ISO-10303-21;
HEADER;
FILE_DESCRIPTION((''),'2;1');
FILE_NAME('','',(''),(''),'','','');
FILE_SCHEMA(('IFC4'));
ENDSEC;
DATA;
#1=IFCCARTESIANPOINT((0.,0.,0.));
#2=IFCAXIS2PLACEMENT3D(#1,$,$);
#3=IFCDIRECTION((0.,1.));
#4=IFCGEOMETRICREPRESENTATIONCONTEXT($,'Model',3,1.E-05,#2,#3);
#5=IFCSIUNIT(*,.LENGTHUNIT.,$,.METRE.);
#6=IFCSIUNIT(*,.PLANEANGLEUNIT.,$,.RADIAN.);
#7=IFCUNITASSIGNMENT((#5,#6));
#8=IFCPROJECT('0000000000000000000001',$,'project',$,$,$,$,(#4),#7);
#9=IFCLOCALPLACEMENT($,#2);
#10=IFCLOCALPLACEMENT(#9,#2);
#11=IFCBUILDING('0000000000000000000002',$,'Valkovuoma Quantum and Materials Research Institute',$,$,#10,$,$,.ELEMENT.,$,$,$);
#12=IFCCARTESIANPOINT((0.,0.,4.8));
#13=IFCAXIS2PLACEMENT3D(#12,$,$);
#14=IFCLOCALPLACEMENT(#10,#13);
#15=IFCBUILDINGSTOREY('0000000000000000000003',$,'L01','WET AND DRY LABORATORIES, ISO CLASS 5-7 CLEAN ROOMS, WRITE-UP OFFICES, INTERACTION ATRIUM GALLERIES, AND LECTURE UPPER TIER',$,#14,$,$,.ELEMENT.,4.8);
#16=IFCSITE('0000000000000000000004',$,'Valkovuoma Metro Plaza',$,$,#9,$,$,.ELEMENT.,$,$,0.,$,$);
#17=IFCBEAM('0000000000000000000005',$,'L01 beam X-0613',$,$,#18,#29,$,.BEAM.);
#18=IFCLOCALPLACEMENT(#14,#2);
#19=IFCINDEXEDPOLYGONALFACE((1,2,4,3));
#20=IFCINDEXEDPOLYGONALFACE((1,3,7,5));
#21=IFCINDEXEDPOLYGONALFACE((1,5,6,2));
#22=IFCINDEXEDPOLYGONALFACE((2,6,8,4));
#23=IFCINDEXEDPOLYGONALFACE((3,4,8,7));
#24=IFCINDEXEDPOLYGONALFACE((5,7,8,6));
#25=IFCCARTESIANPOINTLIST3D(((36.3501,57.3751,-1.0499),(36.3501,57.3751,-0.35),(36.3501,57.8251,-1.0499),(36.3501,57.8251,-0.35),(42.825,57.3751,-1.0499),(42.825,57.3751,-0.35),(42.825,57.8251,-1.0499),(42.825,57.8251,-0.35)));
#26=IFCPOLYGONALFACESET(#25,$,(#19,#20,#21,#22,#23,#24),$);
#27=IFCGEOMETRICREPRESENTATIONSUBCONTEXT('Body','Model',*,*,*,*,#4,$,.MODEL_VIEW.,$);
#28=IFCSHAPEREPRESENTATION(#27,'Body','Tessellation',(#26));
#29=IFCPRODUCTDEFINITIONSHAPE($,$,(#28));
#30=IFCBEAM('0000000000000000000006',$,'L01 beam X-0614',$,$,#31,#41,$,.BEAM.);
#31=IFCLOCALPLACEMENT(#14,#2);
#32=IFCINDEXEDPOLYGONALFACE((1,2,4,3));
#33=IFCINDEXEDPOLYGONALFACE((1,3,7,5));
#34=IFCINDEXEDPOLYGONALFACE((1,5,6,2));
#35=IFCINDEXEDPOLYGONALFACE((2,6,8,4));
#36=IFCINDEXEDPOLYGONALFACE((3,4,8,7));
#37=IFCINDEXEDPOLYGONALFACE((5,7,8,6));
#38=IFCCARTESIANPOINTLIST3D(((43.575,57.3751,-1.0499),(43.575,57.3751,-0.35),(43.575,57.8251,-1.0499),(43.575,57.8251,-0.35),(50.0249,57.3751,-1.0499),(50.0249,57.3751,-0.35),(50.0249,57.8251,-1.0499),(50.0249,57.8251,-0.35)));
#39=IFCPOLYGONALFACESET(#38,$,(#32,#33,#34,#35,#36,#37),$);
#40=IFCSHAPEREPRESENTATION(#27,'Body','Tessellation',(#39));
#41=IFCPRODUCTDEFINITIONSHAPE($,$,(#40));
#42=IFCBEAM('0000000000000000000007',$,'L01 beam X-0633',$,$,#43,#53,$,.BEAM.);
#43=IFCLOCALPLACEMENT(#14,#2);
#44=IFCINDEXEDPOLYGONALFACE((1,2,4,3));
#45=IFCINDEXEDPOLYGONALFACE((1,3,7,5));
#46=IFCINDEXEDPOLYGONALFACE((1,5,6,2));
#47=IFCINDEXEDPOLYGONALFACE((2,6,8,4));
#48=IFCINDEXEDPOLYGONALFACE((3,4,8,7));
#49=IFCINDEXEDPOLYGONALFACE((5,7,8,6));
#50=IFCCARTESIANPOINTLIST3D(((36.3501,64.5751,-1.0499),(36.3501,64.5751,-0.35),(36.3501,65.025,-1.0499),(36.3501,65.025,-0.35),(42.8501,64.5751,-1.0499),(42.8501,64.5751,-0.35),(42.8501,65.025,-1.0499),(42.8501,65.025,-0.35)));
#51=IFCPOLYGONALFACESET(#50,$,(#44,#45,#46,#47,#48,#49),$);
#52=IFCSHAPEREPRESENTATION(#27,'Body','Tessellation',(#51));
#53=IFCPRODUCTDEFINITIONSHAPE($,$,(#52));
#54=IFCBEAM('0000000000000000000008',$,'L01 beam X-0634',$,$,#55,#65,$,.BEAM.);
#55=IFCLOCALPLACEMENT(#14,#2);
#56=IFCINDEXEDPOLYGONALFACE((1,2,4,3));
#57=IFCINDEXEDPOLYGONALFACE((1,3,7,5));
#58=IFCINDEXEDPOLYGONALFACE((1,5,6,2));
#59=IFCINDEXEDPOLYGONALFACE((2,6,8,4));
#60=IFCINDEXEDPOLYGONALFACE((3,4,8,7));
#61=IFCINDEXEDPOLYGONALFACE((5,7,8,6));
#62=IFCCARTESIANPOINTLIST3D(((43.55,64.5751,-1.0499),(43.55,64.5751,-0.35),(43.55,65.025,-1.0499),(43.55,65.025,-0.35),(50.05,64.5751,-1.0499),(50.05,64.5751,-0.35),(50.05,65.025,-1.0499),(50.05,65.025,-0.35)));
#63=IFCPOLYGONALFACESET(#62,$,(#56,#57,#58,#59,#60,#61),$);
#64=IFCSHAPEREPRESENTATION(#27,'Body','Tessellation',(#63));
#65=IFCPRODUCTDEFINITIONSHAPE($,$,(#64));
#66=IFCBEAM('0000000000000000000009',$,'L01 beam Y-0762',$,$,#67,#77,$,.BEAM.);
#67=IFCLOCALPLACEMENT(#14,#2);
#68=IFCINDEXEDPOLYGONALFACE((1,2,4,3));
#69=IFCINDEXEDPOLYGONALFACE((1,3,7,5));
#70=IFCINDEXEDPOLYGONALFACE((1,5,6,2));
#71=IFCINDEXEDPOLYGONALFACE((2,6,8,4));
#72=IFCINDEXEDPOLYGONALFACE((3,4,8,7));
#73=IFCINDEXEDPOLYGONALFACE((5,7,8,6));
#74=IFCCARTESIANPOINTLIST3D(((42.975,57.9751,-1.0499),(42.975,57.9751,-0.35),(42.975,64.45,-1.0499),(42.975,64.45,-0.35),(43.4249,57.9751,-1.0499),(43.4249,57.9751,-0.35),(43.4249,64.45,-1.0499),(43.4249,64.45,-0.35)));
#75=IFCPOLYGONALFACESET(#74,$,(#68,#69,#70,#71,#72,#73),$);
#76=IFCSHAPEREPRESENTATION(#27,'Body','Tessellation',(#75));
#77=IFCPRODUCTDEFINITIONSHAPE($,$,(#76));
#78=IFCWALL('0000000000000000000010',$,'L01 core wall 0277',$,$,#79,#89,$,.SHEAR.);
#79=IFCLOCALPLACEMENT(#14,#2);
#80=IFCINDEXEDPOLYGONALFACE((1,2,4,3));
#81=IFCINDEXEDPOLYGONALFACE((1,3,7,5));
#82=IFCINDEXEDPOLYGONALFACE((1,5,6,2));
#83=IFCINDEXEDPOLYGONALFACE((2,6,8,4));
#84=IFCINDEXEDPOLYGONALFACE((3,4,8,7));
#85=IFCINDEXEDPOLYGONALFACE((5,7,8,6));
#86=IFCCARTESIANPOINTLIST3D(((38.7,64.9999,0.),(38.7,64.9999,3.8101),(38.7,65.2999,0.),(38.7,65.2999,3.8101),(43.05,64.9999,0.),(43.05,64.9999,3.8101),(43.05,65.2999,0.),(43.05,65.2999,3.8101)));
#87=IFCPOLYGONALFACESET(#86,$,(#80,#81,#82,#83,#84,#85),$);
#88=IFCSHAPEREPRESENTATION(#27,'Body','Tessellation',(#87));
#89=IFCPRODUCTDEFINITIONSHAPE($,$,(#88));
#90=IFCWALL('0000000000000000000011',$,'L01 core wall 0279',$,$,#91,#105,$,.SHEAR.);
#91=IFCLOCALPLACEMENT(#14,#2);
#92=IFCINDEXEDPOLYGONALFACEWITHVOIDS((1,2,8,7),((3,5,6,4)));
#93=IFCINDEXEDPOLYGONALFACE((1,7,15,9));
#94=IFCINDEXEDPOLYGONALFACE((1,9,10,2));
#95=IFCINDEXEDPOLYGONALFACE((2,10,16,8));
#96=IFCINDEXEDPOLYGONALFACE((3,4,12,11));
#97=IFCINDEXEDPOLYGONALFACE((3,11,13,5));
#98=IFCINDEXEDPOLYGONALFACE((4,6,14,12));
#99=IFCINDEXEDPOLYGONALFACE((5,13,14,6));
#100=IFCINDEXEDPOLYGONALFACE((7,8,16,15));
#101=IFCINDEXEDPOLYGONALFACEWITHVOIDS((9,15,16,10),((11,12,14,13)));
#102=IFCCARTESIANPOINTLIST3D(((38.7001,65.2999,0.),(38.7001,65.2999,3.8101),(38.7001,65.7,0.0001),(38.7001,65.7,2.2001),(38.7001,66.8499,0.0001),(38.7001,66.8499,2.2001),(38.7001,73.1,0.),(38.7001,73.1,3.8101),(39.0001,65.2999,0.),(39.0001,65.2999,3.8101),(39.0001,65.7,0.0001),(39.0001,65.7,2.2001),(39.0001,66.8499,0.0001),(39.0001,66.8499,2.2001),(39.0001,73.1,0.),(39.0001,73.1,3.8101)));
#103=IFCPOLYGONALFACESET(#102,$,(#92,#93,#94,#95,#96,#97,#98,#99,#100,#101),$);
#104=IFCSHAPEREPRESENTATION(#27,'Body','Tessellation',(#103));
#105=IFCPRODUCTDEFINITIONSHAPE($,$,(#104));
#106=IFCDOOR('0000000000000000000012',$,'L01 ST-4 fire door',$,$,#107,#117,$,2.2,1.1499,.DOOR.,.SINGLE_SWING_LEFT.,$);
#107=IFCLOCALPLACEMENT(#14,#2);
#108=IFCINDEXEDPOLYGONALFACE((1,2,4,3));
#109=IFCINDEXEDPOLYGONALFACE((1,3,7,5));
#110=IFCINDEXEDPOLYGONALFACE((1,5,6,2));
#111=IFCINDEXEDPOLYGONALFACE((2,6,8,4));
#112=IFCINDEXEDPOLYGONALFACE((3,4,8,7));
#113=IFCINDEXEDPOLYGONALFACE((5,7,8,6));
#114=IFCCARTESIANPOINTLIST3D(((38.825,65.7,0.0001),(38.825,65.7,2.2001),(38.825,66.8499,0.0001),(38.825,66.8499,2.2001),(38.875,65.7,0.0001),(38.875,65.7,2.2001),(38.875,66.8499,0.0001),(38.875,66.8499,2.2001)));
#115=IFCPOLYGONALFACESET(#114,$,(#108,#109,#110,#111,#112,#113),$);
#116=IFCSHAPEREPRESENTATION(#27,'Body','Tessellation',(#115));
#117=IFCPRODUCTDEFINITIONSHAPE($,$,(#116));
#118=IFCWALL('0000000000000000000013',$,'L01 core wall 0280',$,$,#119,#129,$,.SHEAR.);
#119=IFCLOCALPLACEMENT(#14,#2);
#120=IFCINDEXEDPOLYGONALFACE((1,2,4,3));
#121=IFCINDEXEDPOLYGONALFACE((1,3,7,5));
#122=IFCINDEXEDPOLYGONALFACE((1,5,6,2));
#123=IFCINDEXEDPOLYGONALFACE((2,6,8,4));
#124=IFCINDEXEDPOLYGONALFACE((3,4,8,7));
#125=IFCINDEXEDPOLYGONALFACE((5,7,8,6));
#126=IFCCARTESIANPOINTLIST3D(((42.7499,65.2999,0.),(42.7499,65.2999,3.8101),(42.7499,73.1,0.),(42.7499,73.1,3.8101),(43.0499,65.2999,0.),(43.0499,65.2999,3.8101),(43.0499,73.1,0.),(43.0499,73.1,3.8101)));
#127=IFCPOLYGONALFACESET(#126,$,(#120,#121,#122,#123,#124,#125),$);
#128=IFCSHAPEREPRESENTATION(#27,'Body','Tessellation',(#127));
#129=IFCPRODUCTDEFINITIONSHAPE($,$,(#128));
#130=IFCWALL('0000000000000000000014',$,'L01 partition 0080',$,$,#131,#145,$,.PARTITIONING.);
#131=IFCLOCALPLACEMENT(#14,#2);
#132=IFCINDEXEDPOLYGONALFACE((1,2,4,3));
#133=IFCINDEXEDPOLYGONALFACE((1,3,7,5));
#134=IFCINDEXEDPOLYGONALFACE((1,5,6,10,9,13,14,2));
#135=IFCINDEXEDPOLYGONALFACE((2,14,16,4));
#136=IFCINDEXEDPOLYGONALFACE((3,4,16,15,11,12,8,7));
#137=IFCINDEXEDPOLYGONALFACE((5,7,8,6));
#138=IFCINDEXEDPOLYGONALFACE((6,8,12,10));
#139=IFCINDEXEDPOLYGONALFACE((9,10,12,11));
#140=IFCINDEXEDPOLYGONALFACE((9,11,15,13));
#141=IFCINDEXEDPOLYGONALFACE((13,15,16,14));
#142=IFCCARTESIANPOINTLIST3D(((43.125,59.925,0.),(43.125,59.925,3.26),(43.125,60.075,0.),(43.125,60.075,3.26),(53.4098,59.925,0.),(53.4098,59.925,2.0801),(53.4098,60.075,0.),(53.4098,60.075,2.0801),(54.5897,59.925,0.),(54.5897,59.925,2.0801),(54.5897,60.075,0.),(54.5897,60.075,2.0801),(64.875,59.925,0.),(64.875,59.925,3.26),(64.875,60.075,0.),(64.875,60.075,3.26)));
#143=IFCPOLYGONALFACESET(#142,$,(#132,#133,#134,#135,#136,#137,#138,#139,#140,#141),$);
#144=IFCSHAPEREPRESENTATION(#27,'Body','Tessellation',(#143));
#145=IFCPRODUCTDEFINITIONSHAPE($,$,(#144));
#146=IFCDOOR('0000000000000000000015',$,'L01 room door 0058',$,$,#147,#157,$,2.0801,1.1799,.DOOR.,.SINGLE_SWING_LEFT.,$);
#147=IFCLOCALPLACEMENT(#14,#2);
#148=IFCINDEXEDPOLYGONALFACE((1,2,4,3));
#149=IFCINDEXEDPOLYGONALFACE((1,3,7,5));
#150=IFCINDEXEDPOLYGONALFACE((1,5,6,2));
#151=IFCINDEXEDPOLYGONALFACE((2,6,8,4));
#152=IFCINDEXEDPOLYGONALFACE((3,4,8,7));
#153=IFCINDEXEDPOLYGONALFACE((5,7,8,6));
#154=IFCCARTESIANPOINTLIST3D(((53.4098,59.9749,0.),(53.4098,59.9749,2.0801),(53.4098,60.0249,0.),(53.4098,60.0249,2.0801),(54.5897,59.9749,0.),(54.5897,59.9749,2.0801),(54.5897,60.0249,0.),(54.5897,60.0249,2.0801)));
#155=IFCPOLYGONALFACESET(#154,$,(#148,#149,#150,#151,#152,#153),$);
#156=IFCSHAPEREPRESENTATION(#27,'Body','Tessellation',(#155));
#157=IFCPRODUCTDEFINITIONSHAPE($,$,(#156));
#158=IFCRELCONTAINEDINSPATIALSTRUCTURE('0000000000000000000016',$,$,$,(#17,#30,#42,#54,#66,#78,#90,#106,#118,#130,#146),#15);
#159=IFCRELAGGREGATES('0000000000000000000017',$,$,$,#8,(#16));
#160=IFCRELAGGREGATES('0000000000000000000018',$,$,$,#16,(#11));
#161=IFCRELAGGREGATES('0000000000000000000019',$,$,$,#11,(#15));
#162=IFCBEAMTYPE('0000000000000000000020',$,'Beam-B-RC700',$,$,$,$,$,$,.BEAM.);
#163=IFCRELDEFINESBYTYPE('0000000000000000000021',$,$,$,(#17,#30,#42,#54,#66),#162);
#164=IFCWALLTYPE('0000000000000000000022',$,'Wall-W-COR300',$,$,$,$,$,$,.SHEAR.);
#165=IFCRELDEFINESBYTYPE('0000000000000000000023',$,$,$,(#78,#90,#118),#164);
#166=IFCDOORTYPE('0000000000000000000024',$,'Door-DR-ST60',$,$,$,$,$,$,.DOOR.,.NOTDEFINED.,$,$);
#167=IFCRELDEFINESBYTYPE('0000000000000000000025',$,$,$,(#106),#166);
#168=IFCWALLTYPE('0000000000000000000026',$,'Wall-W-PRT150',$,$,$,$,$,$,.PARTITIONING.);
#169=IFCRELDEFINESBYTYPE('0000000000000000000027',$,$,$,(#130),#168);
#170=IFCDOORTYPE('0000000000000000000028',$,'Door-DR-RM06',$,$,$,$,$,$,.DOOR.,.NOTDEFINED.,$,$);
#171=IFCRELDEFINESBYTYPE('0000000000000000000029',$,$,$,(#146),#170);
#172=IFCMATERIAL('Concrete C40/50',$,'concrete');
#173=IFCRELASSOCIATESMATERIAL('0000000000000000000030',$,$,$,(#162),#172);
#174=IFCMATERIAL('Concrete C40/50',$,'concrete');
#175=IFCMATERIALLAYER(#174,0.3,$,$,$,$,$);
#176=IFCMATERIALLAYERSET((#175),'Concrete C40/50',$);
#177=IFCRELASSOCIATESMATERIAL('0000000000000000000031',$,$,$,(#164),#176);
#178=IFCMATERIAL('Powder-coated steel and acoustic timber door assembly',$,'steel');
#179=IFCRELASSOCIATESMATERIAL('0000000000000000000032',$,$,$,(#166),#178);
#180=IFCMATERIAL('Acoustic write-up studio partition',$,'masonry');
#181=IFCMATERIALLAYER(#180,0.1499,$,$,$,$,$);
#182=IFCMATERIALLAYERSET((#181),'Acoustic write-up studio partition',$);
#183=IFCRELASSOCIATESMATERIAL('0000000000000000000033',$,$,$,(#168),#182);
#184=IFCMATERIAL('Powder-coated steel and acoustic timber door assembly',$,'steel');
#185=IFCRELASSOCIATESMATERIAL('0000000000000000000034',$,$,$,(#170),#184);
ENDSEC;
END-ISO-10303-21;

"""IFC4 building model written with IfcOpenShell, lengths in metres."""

from ifc_helpers import new_model, si_unit, direction, frame, frame_2d, origin, origin_2d, place, context, subcontext, project, spatial, rectangle, extrude, material, layer, layer_set, material_profile, profile_set, type_object, element, fill, save


model = new_model("IFC4")

# Units and contexts
model_context = context("Model", 3, precision=1e-05, world=origin(), true_north=direction((0.0, 1.0)))
body_context = subcontext(model_context, "Body", "Model", "MODEL_VIEW")
ifc_project = project(units=[si_unit("LENGTHUNIT", "METRE"), si_unit("PLANEANGLEUNIT", "RADIAN")], contexts=[model_context])

# Site, building, storey
site_placement = place(None, origin())
site = spatial("IfcSite", under=ifc_project, at=site_placement, Name="Valkovuoma Metro Plaza", CompositionType="ELEMENT", RefElevation=0.0)
building_placement = place(site_placement, origin())
building = spatial("IfcBuilding", under=site, at=building_placement, Name="Valkovuoma Quantum and Materials Research Institute", CompositionType="ELEMENT")
storey_placement = place(building_placement, frame((0.0, 0.0, 4.8)))
storey = spatial("IfcBuildingStorey", under=building, at=storey_placement, Name="L01", Description="WET AND DRY LABORATORIES, ISO CLASS 5-7 CLEAN ROOMS, WRITE-UP OFFICES, INTERACTION ATRIUM GALLERIES, AND LECTURE UPPER TIER", CompositionType="ELEMENT", Elevation=4.8)

# Beams
ifc_material_1 = material(Name="Concrete C40/50", Category="concrete")
ifc_material_profile_1 = material_profile(ifc_material_1, rectangle(XDim=0.45, YDim=0.7, at=origin_2d()), Name="Concrete C40/50")
ifc_profile_set_1 = profile_set([ifc_material_profile_1], Name="Concrete C40/50")
beam_type_1 = type_object("IfcBeamType", Name="Beam-B-RC700", PredefinedType="BEAM", material=ifc_profile_set_1)
beam_1_placement = place(storey_placement, frame((36.3501, 57.6001, -0.7), z_axis=(1.0, 0.0, 0.0), x_axis=(0.0, 1.0, 0.0)))
element("IfcBeam", 1, at=beam_1_placement, inside=storey, type_object=beam_type_1, Name="L01 beam X-0613", PredefinedType="BEAM", context=body_context, shape_type="SweptSolid", body=[
    extrude(rectangle(XDim=0.45, YDim=0.7, at=origin_2d()), origin(), (0.0, 0.0, 1.0), 6.4749),
])
beam_2_placement = place(storey_placement, frame((43.575, 57.6001, -0.7), z_axis=(1.0, 0.0, 0.0), x_axis=(0.0, 1.0, 0.0)))
element("IfcBeam", 2, at=beam_2_placement, inside=storey, type_object=beam_type_1, Name="L01 beam X-0614", PredefinedType="BEAM", context=body_context, shape_type="SweptSolid", body=[
    extrude(rectangle(XDim=0.45, YDim=0.7, at=origin_2d()), origin(), (0.0, 0.0, 1.0), 6.45),
])
for number, where, z_axis, x_axis, name in (
    (3, (36.3501, 64.8, -0.7), (1.0, 0.0, 0.0), (0.0, 1.0, 0.0), "L01 beam X-0633"),
    (4, (43.55, 64.8, -0.7), (1.0, 0.0, 0.0), (0.0, 1.0, 0.0), "L01 beam X-0634"),
):
    element("IfcBeam", number, at=place(storey_placement, frame(where, z_axis=z_axis, x_axis=x_axis)), inside=storey, type_object=beam_type_1, Name=name, PredefinedType="BEAM", context=body_context, shape_type="SweptSolid", body=[
        extrude(rectangle(XDim=0.45, YDim=0.7, at=origin_2d()), origin(), (0.0, 0.0, 1.0), 6.5),
    ])
beam_3_placement = place(storey_placement, frame((43.2, 57.9751, -0.7), z_axis=(0.0, 1.0, 0.0), x_axis=(-1.0, 0.0, 0.0)))
element("IfcBeam", 5, at=beam_3_placement, inside=storey, type_object=beam_type_1, Name="L01 beam Y-0762", PredefinedType="BEAM", context=body_context, shape_type="SweptSolid", body=[
    extrude(rectangle(XDim=0.45, YDim=0.7, at=origin_2d()), origin(), (0.0, 0.0, 1.0), 6.4749),
])

# Wall
ifc_material_2 = material(Name="Concrete C40/50", Category="concrete")
ifc_layer_1 = layer(ifc_material_2, 0.3)
ifc_layer_set_1 = layer_set([ifc_layer_1], Name="Concrete C40/50")
wall_type_1 = type_object("IfcWallType", Name="Wall-W-COR300", PredefinedType="SHEAR", material=ifc_layer_set_1)
wall_1_placement = place(storey_placement, frame((38.7, 65.1499, 0.0), z_axis=(0.0, 0.0, 1.0), x_axis=(1.0, 0.0, 0.0)))
element("IfcWall", 6, at=wall_1_placement, inside=storey, type_object=wall_type_1, Name="L01 core wall 0277", PredefinedType="SHEAR", context=body_context, shape_type="SweptSolid", body=[
    extrude(rectangle(XDim=4.3501, YDim=0.3, at=frame_2d((2.175, 0.0))), origin(), (0.0, 0.0, 1.0), 3.8101),
])

# Wall, opening, door
wall_2_placement = place(storey_placement, frame((38.8501, 65.3, 0.0), z_axis=(0.0, 0.0, 1.0), x_axis=(0.0, 1.0, 0.0)))
wall_2 = element("IfcWall", 7, at=wall_2_placement, inside=storey, type_object=wall_type_1, Name="L01 core wall 0279", PredefinedType="SHEAR", context=body_context, shape_type="SweptSolid", body=[
    extrude(rectangle(XDim=7.8, YDim=0.3, at=frame_2d((3.8999, 0.0))), origin(), (0.0, 0.0, 1.0), 3.8101),
])
opening_1_placement = place(wall_2_placement, frame((0.3999, 0.0, 0.0)))
opening_1 = element("IfcOpeningElement", 8, at=opening_1_placement, cuts=wall_2, PredefinedType="OPENING", context=body_context, shape_type="SweptSolid", body=[
    extrude(rectangle(XDim=1.1499, YDim=2.2, at=frame_2d((0.575, 1.1001))), frame((0.0, 0.1602, 0.0), z_axis=(0.0, -1.0, 0.0), x_axis=(1.0, 0.0, 0.0)), (0.0, 0.0, 1.0), 0.3201),
])
ifc_material_3 = material(Name="Powder-coated steel and acoustic timber door assembly", Category="steel")
door_type_1 = type_object("IfcDoorType", Name="Door-DR-ST60", OperationType="NOTDEFINED", PredefinedType="DOOR", material=ifc_material_3)
door_1_placement = place(opening_1_placement, frame((1.1499, 0.0, 0.0), z_axis=(0.0, 0.0, 1.0), x_axis=(-1.0, 0.0, 0.0)))
door_1 = element("IfcDoor", 9, at=door_1_placement, inside=storey, type_object=door_type_1, Name="L01 ST-4 fire door", OperationType="SINGLE_SWING_LEFT", OverallHeight=2.2, OverallWidth=1.1499, PredefinedType="DOOR", context=body_context, shape_type="SweptSolid", body=[
    extrude(rectangle(XDim=1.1499, YDim=2.2, at=frame_2d((0.575, 1.1001))), frame((0.0, 0.0249, 0.0), z_axis=(0.0, -1.0, 0.0), x_axis=(1.0, 0.0, 0.0)), (0.0, 0.0, 1.0), 0.05),
])
fill(opening_1, door_1)

# Wall
wall_3_placement = place(storey_placement, frame((42.8999, 65.3, 0.0), z_axis=(0.0, 0.0, 1.0), x_axis=(0.0, 1.0, 0.0)))
element("IfcWall", 10, at=wall_3_placement, inside=storey, type_object=wall_type_1, Name="L01 core wall 0280", PredefinedType="SHEAR", context=body_context, shape_type="SweptSolid", body=[
    extrude(rectangle(XDim=7.8, YDim=0.3, at=frame_2d((3.8999, 0.0))), origin(), (0.0, 0.0, 1.0), 3.8101),
])

# Wall, opening, door
ifc_material_4 = material(Name="Acoustic write-up studio partition", Category="masonry")
ifc_layer_2 = layer(ifc_material_4, 0.1499)
ifc_layer_set_2 = layer_set([ifc_layer_2], Name="Acoustic write-up studio partition")
wall_type_2 = type_object("IfcWallType", Name="Wall-W-PRT150", PredefinedType="PARTITIONING", material=ifc_layer_set_2)
wall_4_placement = place(storey_placement, frame((43.125, 60.0, 0.0), z_axis=(0.0, 0.0, 1.0), x_axis=(1.0, 0.0, 0.0)))
wall_4 = element("IfcWall", 11, at=wall_4_placement, inside=storey, type_object=wall_type_2, Name="L01 partition 0080", PredefinedType="PARTITIONING", context=body_context, shape_type="SweptSolid", body=[
    extrude(rectangle(XDim=21.75, YDim=0.1499, at=frame_2d((10.875, 0.0))), origin(), (0.0, 0.0, 1.0), 3.26),
])
opening_2_placement = place(wall_4_placement, frame((10.2849, 0.0, 0.0)))
opening_2 = element("IfcOpeningElement", 12, at=opening_2_placement, cuts=wall_4, PredefinedType="OPENING", context=body_context, shape_type="SweptSolid", body=[
    extrude(rectangle(XDim=1.1799, YDim=2.0801, at=frame_2d((0.5898, 1.04))), frame((0.0, 0.085, 0.0), z_axis=(0.0, -1.0, 0.0), x_axis=(1.0, 0.0, 0.0)), (0.0, 0.0, 1.0), 0.1699),
])
ifc_material_5 = material(Name="Powder-coated steel and acoustic timber door assembly", Category="steel")
door_type_2 = type_object("IfcDoorType", Name="Door-DR-RM06", OperationType="NOTDEFINED", PredefinedType="DOOR", material=ifc_material_5)
door_2_placement = place(opening_2_placement, origin())
door_2 = element("IfcDoor", 13, at=door_2_placement, inside=storey, type_object=door_type_2, Name="L01 room door 0058", OperationType="SINGLE_SWING_LEFT", OverallHeight=2.0801, OverallWidth=1.1799, PredefinedType="DOOR", context=body_context, shape_type="SweptSolid", body=[
    extrude(rectangle(XDim=1.1799, YDim=2.0801, at=frame_2d((0.5898, 1.04))), frame((0.0, 0.0249, 0.0), z_axis=(0.0, -1.0, 0.0), x_axis=(1.0, 0.0, 0.0)), (0.0, 0.0, 1.0), 0.05),
])
fill(opening_2, door_2)

save(model, "model.ifc")
